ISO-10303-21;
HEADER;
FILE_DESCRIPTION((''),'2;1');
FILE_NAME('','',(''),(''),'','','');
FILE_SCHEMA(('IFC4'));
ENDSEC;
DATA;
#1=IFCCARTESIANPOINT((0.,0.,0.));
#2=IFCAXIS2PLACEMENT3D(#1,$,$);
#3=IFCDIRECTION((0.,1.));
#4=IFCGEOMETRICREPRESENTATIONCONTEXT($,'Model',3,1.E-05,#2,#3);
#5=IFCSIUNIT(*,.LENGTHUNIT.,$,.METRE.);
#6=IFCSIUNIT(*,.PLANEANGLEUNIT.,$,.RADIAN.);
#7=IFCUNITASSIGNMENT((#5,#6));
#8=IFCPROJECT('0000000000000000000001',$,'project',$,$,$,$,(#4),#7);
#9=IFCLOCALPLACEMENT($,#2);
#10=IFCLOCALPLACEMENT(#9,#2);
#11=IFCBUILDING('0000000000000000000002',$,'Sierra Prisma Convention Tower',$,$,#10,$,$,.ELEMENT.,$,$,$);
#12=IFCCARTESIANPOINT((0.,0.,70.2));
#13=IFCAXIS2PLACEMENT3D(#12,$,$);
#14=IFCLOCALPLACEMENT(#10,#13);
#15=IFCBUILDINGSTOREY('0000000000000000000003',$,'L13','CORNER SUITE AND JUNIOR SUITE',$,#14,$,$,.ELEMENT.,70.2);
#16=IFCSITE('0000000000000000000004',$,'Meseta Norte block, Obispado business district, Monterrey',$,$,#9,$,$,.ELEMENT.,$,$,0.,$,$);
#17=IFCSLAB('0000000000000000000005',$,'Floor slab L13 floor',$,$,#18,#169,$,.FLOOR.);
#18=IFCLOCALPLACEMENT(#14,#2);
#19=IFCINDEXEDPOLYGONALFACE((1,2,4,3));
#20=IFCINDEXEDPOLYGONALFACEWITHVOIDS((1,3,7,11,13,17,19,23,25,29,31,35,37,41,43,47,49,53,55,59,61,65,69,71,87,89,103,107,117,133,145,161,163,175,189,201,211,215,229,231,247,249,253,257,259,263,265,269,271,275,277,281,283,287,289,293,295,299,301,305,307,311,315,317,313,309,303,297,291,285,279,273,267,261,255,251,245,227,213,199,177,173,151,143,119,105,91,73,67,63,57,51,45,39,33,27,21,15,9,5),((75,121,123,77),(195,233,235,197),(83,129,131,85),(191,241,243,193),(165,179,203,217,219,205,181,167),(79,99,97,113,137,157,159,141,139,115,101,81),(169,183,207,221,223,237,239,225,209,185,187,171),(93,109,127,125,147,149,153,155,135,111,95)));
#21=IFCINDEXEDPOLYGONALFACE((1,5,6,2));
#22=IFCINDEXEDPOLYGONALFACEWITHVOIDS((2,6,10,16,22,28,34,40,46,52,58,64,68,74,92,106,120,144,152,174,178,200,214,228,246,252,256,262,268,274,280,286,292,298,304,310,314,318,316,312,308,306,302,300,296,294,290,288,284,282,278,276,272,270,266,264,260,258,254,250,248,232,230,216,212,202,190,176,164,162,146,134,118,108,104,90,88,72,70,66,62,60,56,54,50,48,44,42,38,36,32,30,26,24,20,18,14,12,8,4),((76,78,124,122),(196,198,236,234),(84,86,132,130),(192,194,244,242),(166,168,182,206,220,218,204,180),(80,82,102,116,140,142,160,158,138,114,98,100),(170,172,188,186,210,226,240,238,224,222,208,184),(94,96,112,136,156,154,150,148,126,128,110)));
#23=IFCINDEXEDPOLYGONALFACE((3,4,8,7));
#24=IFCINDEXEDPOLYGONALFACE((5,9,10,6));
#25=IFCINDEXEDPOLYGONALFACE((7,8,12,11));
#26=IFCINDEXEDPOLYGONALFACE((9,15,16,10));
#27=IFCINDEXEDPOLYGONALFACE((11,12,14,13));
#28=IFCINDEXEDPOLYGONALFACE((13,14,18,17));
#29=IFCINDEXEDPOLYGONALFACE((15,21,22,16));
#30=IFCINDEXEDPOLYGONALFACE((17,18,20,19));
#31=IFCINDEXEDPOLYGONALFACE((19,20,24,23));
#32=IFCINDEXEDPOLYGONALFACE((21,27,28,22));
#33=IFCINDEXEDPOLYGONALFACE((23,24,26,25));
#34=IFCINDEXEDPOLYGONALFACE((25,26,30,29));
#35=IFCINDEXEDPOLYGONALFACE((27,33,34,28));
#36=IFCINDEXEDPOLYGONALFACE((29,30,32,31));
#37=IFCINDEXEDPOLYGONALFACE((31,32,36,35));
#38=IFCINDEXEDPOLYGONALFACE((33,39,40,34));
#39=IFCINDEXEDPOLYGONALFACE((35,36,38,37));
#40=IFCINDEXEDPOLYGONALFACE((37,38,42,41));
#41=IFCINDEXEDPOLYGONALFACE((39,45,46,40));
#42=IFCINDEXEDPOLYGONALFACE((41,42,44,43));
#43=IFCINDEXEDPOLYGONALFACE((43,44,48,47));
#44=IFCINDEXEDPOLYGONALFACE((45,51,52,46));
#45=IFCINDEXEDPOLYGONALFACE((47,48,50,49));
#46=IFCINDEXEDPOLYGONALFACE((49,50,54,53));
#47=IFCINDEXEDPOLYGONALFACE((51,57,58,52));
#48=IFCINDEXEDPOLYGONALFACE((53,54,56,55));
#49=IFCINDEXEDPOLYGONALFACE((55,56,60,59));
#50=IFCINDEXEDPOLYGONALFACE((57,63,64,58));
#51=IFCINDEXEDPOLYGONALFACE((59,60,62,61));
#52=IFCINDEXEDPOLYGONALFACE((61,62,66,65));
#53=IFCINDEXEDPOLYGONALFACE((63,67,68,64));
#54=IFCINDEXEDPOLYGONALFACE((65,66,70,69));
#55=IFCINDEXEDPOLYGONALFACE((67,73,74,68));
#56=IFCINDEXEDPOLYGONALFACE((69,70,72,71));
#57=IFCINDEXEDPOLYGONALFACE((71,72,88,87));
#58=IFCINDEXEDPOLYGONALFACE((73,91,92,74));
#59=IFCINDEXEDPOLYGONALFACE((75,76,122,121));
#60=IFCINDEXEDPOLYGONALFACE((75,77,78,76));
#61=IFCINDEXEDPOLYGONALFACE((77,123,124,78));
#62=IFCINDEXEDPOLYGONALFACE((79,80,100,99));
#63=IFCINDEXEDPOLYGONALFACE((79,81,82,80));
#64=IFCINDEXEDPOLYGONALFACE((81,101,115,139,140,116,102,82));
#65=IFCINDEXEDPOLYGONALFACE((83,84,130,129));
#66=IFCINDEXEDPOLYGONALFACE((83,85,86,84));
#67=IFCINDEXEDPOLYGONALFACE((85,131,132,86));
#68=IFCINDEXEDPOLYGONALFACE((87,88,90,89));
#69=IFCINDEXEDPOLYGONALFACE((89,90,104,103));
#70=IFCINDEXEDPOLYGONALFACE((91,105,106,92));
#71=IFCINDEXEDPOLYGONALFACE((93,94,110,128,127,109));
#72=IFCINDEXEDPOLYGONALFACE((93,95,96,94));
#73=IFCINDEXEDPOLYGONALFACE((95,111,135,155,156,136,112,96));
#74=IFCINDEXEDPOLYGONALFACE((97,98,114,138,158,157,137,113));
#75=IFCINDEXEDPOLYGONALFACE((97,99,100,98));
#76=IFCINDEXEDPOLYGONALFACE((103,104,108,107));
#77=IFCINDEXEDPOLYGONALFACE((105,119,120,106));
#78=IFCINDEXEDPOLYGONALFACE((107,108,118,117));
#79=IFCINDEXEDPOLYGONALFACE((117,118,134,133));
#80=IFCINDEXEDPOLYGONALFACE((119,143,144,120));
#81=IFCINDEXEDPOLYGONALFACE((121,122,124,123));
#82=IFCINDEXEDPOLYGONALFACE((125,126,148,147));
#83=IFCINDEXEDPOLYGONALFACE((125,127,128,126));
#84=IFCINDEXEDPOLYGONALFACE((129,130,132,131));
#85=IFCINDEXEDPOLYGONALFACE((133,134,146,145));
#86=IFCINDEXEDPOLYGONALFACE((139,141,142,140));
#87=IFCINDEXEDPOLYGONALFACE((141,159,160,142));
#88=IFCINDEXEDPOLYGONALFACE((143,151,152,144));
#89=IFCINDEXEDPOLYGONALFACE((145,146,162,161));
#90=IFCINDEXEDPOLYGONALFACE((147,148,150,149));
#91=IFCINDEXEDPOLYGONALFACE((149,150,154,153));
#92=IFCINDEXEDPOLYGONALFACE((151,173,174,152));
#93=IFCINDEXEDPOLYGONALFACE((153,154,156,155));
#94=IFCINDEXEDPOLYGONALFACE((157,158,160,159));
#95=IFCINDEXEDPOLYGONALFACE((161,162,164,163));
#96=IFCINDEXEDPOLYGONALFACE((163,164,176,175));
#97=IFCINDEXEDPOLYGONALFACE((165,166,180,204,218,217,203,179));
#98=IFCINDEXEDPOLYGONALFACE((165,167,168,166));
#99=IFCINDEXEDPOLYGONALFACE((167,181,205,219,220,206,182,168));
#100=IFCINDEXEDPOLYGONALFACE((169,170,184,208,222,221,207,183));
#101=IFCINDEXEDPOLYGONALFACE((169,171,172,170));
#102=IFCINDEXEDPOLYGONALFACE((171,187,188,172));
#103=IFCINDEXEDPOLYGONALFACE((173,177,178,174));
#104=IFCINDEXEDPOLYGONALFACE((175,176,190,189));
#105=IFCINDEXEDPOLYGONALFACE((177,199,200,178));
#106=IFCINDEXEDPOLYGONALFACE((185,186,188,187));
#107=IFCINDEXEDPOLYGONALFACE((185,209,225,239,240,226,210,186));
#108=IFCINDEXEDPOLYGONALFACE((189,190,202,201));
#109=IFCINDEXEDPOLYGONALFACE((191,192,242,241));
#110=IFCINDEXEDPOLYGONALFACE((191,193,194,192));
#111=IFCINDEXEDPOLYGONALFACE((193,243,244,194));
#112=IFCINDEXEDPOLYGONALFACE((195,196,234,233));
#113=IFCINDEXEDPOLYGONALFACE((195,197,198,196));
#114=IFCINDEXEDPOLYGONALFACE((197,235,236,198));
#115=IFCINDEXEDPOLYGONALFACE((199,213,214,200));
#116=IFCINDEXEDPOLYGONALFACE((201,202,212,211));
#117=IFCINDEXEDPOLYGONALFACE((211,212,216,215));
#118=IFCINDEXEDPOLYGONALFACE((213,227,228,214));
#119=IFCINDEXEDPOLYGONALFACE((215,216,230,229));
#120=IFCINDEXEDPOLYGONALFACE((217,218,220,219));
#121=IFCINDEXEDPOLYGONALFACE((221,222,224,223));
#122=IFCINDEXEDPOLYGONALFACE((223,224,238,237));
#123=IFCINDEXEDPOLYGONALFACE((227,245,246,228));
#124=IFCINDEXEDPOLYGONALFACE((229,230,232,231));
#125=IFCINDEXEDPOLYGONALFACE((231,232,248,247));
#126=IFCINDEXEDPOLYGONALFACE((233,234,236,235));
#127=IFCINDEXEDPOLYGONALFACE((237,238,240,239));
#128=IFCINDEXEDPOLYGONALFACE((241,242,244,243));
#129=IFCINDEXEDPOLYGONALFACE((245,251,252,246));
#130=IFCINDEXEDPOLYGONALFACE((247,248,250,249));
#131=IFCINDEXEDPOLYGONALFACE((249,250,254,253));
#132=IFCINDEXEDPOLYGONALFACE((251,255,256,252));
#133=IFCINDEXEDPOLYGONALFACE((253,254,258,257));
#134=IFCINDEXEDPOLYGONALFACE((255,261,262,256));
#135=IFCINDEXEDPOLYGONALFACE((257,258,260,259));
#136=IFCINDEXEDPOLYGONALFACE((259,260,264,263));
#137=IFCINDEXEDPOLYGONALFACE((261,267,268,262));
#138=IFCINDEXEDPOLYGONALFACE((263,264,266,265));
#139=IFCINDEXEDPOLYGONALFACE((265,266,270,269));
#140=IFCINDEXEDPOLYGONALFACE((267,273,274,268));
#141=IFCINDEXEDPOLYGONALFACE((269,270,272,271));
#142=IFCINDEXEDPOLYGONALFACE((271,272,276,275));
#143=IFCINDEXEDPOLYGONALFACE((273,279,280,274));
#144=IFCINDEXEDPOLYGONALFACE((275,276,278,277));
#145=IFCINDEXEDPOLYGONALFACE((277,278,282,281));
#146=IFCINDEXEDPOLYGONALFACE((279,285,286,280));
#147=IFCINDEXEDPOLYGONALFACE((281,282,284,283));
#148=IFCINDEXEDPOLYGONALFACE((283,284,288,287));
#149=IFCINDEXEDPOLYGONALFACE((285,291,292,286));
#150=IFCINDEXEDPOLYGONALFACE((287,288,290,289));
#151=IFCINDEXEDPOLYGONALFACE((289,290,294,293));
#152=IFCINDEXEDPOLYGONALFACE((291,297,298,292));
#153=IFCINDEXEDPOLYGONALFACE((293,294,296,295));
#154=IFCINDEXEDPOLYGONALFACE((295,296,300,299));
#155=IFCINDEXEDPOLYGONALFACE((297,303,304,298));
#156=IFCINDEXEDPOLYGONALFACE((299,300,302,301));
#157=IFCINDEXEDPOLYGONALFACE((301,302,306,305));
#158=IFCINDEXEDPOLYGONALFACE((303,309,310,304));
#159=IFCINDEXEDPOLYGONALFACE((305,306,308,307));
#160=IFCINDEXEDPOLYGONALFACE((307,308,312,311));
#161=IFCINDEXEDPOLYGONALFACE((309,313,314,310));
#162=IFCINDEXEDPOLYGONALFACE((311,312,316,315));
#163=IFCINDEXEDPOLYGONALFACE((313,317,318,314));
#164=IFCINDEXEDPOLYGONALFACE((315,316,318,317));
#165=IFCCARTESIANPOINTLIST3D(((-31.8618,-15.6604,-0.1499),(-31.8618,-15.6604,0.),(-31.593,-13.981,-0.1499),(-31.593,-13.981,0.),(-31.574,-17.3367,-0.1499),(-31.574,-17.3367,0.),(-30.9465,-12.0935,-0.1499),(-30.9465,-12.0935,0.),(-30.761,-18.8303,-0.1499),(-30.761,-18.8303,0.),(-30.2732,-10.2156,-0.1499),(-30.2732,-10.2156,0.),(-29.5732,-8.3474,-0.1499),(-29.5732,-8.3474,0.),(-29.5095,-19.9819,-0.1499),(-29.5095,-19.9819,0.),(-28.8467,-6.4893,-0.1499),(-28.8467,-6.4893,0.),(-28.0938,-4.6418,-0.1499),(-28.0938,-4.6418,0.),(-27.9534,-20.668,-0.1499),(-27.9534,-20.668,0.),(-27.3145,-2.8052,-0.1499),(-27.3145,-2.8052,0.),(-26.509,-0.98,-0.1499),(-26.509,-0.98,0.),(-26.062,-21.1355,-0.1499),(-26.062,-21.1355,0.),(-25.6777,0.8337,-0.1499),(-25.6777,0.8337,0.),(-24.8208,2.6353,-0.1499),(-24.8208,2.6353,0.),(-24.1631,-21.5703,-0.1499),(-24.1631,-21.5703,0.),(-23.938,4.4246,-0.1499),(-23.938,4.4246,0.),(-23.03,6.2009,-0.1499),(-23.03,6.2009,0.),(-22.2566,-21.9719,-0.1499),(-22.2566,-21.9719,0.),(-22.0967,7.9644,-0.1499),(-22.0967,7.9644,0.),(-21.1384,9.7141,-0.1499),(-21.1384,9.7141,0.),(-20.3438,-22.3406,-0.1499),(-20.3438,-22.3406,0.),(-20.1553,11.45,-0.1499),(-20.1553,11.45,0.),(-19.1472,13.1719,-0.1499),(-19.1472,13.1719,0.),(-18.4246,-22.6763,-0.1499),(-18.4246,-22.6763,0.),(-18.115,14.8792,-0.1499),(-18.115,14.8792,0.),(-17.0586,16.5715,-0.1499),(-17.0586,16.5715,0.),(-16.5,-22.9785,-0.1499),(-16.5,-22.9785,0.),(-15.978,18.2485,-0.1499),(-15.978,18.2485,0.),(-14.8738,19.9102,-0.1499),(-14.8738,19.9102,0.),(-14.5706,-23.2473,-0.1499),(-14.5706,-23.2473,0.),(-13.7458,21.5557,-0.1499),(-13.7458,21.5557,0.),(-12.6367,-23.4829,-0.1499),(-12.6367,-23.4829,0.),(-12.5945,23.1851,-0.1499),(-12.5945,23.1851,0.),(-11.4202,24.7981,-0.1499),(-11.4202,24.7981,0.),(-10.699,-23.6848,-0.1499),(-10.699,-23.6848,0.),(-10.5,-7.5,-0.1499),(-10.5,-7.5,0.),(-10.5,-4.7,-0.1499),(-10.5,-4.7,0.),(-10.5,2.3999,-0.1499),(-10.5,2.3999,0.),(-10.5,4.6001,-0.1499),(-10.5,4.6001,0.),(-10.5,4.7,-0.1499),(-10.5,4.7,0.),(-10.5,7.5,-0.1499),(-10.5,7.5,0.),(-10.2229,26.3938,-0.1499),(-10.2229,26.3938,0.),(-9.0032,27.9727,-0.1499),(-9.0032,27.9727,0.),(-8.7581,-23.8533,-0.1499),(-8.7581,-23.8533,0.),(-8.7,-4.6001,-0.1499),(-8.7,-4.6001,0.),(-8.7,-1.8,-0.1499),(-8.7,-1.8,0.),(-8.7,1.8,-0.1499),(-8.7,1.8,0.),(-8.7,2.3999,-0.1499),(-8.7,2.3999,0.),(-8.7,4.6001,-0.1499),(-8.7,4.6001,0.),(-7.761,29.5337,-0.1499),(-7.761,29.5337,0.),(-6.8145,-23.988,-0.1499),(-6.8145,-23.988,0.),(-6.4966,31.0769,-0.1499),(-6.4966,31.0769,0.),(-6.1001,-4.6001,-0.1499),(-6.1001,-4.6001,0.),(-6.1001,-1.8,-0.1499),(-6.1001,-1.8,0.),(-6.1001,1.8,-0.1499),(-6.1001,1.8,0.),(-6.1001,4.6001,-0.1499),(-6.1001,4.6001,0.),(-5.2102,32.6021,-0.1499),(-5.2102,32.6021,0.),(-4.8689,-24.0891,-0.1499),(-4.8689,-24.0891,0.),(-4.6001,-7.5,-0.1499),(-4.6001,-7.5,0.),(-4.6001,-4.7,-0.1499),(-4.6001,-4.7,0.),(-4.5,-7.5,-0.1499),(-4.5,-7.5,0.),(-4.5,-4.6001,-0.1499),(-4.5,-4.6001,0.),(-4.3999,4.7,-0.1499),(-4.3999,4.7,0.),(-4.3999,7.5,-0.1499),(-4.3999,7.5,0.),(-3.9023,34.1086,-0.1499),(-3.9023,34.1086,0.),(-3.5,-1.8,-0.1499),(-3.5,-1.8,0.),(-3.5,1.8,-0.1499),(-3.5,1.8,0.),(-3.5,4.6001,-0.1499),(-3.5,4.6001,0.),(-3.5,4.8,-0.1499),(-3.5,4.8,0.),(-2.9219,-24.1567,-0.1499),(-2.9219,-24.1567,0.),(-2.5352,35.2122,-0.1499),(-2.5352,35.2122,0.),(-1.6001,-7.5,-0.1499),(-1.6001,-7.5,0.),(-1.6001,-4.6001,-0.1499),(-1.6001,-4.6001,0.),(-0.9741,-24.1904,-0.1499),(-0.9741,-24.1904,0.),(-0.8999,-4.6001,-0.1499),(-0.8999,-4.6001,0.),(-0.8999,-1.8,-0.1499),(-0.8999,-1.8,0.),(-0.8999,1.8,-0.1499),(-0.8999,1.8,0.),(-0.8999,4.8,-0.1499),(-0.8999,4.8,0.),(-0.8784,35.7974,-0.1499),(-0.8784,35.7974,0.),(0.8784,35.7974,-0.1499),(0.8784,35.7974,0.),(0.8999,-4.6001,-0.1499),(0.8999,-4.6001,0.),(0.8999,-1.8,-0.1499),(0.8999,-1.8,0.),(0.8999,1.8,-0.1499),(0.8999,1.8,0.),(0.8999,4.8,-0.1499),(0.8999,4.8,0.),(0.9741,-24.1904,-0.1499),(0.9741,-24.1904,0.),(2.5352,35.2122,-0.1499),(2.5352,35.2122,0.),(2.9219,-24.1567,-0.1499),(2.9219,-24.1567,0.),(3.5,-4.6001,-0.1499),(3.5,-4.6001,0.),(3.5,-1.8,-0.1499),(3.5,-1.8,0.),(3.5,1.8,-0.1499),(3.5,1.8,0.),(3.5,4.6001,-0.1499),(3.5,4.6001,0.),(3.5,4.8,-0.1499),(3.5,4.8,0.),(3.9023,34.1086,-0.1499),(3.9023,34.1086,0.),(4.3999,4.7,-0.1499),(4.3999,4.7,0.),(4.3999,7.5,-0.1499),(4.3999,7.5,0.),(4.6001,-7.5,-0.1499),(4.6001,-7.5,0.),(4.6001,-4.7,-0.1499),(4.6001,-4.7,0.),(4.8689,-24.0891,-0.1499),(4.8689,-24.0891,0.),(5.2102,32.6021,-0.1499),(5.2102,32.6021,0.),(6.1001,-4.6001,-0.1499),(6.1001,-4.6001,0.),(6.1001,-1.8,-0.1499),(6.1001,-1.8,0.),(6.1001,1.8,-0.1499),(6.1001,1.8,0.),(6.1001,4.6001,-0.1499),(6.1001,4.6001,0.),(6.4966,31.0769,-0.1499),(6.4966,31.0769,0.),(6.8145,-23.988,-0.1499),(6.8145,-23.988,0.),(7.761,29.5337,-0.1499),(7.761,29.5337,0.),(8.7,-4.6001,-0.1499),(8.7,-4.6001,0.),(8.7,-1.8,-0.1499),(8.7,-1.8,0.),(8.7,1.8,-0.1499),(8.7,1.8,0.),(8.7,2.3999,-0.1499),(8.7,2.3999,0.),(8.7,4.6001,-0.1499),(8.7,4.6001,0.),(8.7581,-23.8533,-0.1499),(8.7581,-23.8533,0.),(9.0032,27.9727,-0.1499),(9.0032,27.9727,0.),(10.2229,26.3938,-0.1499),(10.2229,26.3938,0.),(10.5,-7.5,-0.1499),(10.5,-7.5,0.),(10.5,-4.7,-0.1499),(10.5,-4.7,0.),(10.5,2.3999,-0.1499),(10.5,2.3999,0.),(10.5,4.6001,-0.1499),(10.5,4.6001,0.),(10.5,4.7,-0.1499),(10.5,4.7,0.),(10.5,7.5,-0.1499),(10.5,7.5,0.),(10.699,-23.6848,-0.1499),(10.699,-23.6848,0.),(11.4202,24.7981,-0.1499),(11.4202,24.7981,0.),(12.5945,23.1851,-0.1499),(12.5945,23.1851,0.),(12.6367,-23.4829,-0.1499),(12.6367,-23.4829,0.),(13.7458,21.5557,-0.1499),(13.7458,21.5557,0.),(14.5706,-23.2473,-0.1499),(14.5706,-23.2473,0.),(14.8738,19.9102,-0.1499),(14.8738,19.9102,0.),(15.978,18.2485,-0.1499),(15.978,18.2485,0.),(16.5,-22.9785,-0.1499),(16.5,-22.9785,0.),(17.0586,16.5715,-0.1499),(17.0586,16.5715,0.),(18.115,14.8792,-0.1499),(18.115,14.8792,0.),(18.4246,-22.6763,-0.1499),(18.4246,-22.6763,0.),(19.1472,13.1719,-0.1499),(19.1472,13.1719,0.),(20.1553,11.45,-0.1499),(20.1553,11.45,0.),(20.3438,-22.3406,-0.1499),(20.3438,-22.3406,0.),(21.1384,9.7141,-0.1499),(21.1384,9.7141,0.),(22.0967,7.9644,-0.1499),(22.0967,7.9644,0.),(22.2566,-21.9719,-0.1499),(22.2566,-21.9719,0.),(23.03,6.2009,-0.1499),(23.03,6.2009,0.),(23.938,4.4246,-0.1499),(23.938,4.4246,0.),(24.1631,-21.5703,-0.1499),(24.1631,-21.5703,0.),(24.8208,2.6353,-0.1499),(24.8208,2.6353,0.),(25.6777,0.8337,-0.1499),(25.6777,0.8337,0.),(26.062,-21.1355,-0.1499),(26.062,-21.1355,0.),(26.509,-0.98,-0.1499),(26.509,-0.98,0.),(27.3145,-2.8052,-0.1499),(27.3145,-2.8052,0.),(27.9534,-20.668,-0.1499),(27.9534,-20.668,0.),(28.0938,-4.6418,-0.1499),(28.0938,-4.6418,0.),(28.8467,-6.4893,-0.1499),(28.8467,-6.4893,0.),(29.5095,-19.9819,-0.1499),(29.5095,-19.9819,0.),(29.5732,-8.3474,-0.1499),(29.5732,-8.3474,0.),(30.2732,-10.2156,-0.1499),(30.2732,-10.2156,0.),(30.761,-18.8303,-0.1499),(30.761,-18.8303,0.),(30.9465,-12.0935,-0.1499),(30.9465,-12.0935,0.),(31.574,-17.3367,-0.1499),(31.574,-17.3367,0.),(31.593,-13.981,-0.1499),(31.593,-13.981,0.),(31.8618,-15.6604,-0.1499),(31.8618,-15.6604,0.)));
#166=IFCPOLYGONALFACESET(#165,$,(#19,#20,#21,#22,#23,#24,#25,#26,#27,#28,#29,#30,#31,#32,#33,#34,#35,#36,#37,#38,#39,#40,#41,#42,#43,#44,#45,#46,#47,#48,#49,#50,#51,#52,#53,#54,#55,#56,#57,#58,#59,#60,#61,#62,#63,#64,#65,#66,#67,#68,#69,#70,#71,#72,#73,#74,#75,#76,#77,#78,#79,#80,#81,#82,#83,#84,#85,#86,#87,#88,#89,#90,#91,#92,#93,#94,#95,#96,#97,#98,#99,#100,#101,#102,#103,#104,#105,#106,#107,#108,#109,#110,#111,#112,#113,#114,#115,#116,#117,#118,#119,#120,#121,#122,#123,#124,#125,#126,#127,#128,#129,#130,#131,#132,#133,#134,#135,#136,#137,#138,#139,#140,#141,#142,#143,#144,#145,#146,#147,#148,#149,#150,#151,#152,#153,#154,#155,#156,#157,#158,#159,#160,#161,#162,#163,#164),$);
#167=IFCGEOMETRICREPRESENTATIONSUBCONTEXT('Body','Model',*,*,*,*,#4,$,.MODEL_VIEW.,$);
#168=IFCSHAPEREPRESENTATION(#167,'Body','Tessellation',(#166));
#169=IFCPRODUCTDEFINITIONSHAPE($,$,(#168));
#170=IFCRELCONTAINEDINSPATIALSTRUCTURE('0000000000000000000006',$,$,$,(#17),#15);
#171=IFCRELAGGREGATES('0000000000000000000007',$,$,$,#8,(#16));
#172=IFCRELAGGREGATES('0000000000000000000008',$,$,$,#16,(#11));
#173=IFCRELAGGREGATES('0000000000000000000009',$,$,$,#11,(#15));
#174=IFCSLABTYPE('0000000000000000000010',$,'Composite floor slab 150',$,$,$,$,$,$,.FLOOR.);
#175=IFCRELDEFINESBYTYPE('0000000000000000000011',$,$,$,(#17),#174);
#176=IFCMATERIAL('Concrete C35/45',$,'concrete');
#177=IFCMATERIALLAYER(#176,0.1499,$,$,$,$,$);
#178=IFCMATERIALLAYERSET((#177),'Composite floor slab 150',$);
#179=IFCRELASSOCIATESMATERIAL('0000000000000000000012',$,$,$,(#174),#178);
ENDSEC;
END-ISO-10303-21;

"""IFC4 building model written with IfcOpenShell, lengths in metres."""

from ifc_helpers import new_model, si_unit, direction, frame, origin, place, context, subcontext, project, spatial, polyline, outline, extrude, material, layer, layer_set, type_object, element, save


model = new_model("IFC4")

# Units and contexts
model_context = context("Model", 3, precision=1e-05, world=origin(), true_north=direction((0.0, 1.0)))
body_context = subcontext(model_context, "Body", "Model", "MODEL_VIEW")
ifc_project = project(units=[si_unit("LENGTHUNIT", "METRE"), si_unit("PLANEANGLEUNIT", "RADIAN")], contexts=[model_context])

# Site, building, storey
site_placement = place(None, origin())
site = spatial("IfcSite", under=ifc_project, at=site_placement, Name="Meseta Norte block, Obispado business district, Monterrey", CompositionType="ELEMENT", RefElevation=0.0)
building_placement = place(site_placement, origin())
building = spatial("IfcBuilding", under=site, at=building_placement, Name="Sierra Prisma Convention Tower", CompositionType="ELEMENT")
storey_placement = place(building_placement, frame((0.0, 0.0, 70.2)))
storey = spatial("IfcBuildingStorey", under=building, at=storey_placement, Name="L13", Description="CORNER SUITE AND JUNIOR SUITE", CompositionType="ELEMENT", Elevation=70.2)

# Slab
ifc_material_1 = material(Name="Concrete C35/45", Category="concrete")
ifc_layer_1 = layer(ifc_material_1, 0.1499)
ifc_layer_set_1 = layer_set([ifc_layer_1], Name="Composite floor slab 150")
slab_type_1 = type_object("IfcSlabType", Name="Composite floor slab 150", PredefinedType="FLOOR", material=ifc_layer_set_1)
slab_1_placement = place(storey_placement, frame((0.0, 0.0, -0.1499)))
element("IfcSlab", 1, at=slab_1_placement, inside=storey, type_object=slab_type_1, Name="Floor slab L13 floor", PredefinedType="FLOOR", context=body_context, shape_type="SweptSolid", body=[
    extrude(outline(polyline([(-27.9534, -20.668), (-26.062, -21.1355), (-24.1631, -21.5703), (-22.2566, -21.9719), (-20.3438, -22.3406), (-18.4246, -22.6763), (-16.5, -22.9785), (-14.5706, -23.2473), (-12.6367, -23.4829), (-10.699, -23.6848), (-8.7581, -23.8533), (-6.8145, -23.988), (-4.8689, -24.0891), (-2.9219, -24.1567), (-0.9741, -24.1904), (0.9741, -24.1904), (2.9219, -24.1567), (4.8689, -24.0891), (6.8145, -23.988), (8.7581, -23.8533), (10.699, -23.6848), (12.6367, -23.4829), (14.5706, -23.2473), (16.5, -22.9785), (18.4246, -22.6763), (20.3438, -22.3406), (22.2566, -21.9719), (24.1631, -21.5703), (26.062, -21.1355), (27.9534, -20.668), (29.5095, -19.9819), (30.761, -18.8303), (31.574, -17.3367), (31.8618, -15.6604), (31.593, -13.981), (30.9465, -12.0935), (30.2732, -10.2156), (29.5732, -8.3474), (28.8467, -6.4893), (28.0938, -4.6418), (27.3145, -2.8052), (26.509, -0.98), (25.6777, 0.8337), (24.8208, 2.6353), (23.938, 4.4246), (23.03, 6.2009), (22.0967, 7.9644), (21.1384, 9.7141), (20.1553, 11.45), (19.1472, 13.1719), (18.115, 14.8792), (17.0586, 16.5715), (15.978, 18.2485), (14.8738, 19.9102), (13.7458, 21.5557), (12.5945, 23.1851), (11.4202, 24.7981), (10.2229, 26.3938), (9.0032, 27.9727), (7.761, 29.5337), (6.4966, 31.0769), (5.2102, 32.6021), (3.9023, 34.1086), (2.5352, 35.2122), (0.8784, 35.7974), (-0.8784, 35.7974), (-2.5352, 35.2122), (-3.9023, 34.1086), (-5.2102, 32.6021), (-6.4966, 31.0769), (-7.761, 29.5337), (-9.0032, 27.9727), (-10.2229, 26.3938), (-11.4202, 24.7981), (-12.5945, 23.1851), (-13.7458, 21.5557), (-14.8738, 19.9102), (-15.978, 18.2485), (-17.0586, 16.5715), (-18.115, 14.8792), (-19.1472, 13.1719), (-20.1553, 11.45), (-21.1384, 9.7141), (-22.0967, 7.9644), (-23.03, 6.2009), (-23.938, 4.4246), (-24.8208, 2.6353), (-25.6777, 0.8337), (-26.509, -0.98), (-27.3145, -2.8052), (-28.0938, -4.6418), (-28.8467, -6.4893), (-29.5732, -8.3474), (-30.2732, -10.2156), (-30.9465, -12.0935), (-31.593, -13.981), (-31.8618, -15.6604), (-31.574, -17.3367), (-30.761, -18.8303), (-29.5095, -19.9819), (-27.9534, -20.668)]), holes=[polyline([(-4.6001, -7.5), (-10.5, -7.5), (-10.5, -4.7), (-4.6001, -4.7), (-4.6001, -7.5)]), polyline([(-8.7, -4.6001), (-8.7, -1.8), (-6.1001, -1.8), (-3.5, -1.8), (-0.8999, -1.8), (-0.8999, -4.6001), (-1.6001, -4.6001), (-1.6001, -7.5), (-4.5, -7.5), (-4.5, -4.6001), (-6.1001, -4.6001), (-8.7, -4.6001)]), polyline([(-10.5, 4.6001), (-8.7, 4.6001), (-6.1001, 4.6001), (-3.5, 4.6001), (-3.5, 4.8), (-0.8999, 4.8), (-0.8999, 1.8), (-3.5, 1.8), (-6.1001, 1.8), (-8.7, 1.8), (-8.7, 2.3999), (-10.5, 2.3999), (-10.5, 4.6001)]), polyline([(-4.3999, 4.7), (-10.5, 4.7), (-10.5, 7.5), (-4.3999, 7.5), (-4.3999, 4.7)]), polyline([(10.5, -7.5), (4.6001, -7.5), (4.6001, -4.7), (10.5, -4.7), (10.5, -7.5)]), polyline([(6.1001, -1.8), (8.7, -1.8), (8.7, -4.6001), (6.1001, -4.6001), (3.5, -4.6001), (0.8999, -4.6001), (0.8999, -1.8), (3.5, -1.8), (6.1001, -1.8)]), polyline([(10.5, 4.6001), (10.5, 2.3999), (8.7, 2.3999), (8.7, 1.8), (6.1001, 1.8), (3.5, 1.8), (0.8999, 1.8), (0.8999, 4.8), (3.5, 4.8), (3.5, 4.6001), (6.1001, 4.6001), (8.7, 4.6001), (10.5, 4.6001)]), polyline([(4.3999, 4.7), (4.3999, 7.5), (10.5, 7.5), (10.5, 4.7), (4.3999, 4.7)])]), origin(), (0.0, 0.0, 1.0), 0.1499),
])

save(model, "model.ifc")
